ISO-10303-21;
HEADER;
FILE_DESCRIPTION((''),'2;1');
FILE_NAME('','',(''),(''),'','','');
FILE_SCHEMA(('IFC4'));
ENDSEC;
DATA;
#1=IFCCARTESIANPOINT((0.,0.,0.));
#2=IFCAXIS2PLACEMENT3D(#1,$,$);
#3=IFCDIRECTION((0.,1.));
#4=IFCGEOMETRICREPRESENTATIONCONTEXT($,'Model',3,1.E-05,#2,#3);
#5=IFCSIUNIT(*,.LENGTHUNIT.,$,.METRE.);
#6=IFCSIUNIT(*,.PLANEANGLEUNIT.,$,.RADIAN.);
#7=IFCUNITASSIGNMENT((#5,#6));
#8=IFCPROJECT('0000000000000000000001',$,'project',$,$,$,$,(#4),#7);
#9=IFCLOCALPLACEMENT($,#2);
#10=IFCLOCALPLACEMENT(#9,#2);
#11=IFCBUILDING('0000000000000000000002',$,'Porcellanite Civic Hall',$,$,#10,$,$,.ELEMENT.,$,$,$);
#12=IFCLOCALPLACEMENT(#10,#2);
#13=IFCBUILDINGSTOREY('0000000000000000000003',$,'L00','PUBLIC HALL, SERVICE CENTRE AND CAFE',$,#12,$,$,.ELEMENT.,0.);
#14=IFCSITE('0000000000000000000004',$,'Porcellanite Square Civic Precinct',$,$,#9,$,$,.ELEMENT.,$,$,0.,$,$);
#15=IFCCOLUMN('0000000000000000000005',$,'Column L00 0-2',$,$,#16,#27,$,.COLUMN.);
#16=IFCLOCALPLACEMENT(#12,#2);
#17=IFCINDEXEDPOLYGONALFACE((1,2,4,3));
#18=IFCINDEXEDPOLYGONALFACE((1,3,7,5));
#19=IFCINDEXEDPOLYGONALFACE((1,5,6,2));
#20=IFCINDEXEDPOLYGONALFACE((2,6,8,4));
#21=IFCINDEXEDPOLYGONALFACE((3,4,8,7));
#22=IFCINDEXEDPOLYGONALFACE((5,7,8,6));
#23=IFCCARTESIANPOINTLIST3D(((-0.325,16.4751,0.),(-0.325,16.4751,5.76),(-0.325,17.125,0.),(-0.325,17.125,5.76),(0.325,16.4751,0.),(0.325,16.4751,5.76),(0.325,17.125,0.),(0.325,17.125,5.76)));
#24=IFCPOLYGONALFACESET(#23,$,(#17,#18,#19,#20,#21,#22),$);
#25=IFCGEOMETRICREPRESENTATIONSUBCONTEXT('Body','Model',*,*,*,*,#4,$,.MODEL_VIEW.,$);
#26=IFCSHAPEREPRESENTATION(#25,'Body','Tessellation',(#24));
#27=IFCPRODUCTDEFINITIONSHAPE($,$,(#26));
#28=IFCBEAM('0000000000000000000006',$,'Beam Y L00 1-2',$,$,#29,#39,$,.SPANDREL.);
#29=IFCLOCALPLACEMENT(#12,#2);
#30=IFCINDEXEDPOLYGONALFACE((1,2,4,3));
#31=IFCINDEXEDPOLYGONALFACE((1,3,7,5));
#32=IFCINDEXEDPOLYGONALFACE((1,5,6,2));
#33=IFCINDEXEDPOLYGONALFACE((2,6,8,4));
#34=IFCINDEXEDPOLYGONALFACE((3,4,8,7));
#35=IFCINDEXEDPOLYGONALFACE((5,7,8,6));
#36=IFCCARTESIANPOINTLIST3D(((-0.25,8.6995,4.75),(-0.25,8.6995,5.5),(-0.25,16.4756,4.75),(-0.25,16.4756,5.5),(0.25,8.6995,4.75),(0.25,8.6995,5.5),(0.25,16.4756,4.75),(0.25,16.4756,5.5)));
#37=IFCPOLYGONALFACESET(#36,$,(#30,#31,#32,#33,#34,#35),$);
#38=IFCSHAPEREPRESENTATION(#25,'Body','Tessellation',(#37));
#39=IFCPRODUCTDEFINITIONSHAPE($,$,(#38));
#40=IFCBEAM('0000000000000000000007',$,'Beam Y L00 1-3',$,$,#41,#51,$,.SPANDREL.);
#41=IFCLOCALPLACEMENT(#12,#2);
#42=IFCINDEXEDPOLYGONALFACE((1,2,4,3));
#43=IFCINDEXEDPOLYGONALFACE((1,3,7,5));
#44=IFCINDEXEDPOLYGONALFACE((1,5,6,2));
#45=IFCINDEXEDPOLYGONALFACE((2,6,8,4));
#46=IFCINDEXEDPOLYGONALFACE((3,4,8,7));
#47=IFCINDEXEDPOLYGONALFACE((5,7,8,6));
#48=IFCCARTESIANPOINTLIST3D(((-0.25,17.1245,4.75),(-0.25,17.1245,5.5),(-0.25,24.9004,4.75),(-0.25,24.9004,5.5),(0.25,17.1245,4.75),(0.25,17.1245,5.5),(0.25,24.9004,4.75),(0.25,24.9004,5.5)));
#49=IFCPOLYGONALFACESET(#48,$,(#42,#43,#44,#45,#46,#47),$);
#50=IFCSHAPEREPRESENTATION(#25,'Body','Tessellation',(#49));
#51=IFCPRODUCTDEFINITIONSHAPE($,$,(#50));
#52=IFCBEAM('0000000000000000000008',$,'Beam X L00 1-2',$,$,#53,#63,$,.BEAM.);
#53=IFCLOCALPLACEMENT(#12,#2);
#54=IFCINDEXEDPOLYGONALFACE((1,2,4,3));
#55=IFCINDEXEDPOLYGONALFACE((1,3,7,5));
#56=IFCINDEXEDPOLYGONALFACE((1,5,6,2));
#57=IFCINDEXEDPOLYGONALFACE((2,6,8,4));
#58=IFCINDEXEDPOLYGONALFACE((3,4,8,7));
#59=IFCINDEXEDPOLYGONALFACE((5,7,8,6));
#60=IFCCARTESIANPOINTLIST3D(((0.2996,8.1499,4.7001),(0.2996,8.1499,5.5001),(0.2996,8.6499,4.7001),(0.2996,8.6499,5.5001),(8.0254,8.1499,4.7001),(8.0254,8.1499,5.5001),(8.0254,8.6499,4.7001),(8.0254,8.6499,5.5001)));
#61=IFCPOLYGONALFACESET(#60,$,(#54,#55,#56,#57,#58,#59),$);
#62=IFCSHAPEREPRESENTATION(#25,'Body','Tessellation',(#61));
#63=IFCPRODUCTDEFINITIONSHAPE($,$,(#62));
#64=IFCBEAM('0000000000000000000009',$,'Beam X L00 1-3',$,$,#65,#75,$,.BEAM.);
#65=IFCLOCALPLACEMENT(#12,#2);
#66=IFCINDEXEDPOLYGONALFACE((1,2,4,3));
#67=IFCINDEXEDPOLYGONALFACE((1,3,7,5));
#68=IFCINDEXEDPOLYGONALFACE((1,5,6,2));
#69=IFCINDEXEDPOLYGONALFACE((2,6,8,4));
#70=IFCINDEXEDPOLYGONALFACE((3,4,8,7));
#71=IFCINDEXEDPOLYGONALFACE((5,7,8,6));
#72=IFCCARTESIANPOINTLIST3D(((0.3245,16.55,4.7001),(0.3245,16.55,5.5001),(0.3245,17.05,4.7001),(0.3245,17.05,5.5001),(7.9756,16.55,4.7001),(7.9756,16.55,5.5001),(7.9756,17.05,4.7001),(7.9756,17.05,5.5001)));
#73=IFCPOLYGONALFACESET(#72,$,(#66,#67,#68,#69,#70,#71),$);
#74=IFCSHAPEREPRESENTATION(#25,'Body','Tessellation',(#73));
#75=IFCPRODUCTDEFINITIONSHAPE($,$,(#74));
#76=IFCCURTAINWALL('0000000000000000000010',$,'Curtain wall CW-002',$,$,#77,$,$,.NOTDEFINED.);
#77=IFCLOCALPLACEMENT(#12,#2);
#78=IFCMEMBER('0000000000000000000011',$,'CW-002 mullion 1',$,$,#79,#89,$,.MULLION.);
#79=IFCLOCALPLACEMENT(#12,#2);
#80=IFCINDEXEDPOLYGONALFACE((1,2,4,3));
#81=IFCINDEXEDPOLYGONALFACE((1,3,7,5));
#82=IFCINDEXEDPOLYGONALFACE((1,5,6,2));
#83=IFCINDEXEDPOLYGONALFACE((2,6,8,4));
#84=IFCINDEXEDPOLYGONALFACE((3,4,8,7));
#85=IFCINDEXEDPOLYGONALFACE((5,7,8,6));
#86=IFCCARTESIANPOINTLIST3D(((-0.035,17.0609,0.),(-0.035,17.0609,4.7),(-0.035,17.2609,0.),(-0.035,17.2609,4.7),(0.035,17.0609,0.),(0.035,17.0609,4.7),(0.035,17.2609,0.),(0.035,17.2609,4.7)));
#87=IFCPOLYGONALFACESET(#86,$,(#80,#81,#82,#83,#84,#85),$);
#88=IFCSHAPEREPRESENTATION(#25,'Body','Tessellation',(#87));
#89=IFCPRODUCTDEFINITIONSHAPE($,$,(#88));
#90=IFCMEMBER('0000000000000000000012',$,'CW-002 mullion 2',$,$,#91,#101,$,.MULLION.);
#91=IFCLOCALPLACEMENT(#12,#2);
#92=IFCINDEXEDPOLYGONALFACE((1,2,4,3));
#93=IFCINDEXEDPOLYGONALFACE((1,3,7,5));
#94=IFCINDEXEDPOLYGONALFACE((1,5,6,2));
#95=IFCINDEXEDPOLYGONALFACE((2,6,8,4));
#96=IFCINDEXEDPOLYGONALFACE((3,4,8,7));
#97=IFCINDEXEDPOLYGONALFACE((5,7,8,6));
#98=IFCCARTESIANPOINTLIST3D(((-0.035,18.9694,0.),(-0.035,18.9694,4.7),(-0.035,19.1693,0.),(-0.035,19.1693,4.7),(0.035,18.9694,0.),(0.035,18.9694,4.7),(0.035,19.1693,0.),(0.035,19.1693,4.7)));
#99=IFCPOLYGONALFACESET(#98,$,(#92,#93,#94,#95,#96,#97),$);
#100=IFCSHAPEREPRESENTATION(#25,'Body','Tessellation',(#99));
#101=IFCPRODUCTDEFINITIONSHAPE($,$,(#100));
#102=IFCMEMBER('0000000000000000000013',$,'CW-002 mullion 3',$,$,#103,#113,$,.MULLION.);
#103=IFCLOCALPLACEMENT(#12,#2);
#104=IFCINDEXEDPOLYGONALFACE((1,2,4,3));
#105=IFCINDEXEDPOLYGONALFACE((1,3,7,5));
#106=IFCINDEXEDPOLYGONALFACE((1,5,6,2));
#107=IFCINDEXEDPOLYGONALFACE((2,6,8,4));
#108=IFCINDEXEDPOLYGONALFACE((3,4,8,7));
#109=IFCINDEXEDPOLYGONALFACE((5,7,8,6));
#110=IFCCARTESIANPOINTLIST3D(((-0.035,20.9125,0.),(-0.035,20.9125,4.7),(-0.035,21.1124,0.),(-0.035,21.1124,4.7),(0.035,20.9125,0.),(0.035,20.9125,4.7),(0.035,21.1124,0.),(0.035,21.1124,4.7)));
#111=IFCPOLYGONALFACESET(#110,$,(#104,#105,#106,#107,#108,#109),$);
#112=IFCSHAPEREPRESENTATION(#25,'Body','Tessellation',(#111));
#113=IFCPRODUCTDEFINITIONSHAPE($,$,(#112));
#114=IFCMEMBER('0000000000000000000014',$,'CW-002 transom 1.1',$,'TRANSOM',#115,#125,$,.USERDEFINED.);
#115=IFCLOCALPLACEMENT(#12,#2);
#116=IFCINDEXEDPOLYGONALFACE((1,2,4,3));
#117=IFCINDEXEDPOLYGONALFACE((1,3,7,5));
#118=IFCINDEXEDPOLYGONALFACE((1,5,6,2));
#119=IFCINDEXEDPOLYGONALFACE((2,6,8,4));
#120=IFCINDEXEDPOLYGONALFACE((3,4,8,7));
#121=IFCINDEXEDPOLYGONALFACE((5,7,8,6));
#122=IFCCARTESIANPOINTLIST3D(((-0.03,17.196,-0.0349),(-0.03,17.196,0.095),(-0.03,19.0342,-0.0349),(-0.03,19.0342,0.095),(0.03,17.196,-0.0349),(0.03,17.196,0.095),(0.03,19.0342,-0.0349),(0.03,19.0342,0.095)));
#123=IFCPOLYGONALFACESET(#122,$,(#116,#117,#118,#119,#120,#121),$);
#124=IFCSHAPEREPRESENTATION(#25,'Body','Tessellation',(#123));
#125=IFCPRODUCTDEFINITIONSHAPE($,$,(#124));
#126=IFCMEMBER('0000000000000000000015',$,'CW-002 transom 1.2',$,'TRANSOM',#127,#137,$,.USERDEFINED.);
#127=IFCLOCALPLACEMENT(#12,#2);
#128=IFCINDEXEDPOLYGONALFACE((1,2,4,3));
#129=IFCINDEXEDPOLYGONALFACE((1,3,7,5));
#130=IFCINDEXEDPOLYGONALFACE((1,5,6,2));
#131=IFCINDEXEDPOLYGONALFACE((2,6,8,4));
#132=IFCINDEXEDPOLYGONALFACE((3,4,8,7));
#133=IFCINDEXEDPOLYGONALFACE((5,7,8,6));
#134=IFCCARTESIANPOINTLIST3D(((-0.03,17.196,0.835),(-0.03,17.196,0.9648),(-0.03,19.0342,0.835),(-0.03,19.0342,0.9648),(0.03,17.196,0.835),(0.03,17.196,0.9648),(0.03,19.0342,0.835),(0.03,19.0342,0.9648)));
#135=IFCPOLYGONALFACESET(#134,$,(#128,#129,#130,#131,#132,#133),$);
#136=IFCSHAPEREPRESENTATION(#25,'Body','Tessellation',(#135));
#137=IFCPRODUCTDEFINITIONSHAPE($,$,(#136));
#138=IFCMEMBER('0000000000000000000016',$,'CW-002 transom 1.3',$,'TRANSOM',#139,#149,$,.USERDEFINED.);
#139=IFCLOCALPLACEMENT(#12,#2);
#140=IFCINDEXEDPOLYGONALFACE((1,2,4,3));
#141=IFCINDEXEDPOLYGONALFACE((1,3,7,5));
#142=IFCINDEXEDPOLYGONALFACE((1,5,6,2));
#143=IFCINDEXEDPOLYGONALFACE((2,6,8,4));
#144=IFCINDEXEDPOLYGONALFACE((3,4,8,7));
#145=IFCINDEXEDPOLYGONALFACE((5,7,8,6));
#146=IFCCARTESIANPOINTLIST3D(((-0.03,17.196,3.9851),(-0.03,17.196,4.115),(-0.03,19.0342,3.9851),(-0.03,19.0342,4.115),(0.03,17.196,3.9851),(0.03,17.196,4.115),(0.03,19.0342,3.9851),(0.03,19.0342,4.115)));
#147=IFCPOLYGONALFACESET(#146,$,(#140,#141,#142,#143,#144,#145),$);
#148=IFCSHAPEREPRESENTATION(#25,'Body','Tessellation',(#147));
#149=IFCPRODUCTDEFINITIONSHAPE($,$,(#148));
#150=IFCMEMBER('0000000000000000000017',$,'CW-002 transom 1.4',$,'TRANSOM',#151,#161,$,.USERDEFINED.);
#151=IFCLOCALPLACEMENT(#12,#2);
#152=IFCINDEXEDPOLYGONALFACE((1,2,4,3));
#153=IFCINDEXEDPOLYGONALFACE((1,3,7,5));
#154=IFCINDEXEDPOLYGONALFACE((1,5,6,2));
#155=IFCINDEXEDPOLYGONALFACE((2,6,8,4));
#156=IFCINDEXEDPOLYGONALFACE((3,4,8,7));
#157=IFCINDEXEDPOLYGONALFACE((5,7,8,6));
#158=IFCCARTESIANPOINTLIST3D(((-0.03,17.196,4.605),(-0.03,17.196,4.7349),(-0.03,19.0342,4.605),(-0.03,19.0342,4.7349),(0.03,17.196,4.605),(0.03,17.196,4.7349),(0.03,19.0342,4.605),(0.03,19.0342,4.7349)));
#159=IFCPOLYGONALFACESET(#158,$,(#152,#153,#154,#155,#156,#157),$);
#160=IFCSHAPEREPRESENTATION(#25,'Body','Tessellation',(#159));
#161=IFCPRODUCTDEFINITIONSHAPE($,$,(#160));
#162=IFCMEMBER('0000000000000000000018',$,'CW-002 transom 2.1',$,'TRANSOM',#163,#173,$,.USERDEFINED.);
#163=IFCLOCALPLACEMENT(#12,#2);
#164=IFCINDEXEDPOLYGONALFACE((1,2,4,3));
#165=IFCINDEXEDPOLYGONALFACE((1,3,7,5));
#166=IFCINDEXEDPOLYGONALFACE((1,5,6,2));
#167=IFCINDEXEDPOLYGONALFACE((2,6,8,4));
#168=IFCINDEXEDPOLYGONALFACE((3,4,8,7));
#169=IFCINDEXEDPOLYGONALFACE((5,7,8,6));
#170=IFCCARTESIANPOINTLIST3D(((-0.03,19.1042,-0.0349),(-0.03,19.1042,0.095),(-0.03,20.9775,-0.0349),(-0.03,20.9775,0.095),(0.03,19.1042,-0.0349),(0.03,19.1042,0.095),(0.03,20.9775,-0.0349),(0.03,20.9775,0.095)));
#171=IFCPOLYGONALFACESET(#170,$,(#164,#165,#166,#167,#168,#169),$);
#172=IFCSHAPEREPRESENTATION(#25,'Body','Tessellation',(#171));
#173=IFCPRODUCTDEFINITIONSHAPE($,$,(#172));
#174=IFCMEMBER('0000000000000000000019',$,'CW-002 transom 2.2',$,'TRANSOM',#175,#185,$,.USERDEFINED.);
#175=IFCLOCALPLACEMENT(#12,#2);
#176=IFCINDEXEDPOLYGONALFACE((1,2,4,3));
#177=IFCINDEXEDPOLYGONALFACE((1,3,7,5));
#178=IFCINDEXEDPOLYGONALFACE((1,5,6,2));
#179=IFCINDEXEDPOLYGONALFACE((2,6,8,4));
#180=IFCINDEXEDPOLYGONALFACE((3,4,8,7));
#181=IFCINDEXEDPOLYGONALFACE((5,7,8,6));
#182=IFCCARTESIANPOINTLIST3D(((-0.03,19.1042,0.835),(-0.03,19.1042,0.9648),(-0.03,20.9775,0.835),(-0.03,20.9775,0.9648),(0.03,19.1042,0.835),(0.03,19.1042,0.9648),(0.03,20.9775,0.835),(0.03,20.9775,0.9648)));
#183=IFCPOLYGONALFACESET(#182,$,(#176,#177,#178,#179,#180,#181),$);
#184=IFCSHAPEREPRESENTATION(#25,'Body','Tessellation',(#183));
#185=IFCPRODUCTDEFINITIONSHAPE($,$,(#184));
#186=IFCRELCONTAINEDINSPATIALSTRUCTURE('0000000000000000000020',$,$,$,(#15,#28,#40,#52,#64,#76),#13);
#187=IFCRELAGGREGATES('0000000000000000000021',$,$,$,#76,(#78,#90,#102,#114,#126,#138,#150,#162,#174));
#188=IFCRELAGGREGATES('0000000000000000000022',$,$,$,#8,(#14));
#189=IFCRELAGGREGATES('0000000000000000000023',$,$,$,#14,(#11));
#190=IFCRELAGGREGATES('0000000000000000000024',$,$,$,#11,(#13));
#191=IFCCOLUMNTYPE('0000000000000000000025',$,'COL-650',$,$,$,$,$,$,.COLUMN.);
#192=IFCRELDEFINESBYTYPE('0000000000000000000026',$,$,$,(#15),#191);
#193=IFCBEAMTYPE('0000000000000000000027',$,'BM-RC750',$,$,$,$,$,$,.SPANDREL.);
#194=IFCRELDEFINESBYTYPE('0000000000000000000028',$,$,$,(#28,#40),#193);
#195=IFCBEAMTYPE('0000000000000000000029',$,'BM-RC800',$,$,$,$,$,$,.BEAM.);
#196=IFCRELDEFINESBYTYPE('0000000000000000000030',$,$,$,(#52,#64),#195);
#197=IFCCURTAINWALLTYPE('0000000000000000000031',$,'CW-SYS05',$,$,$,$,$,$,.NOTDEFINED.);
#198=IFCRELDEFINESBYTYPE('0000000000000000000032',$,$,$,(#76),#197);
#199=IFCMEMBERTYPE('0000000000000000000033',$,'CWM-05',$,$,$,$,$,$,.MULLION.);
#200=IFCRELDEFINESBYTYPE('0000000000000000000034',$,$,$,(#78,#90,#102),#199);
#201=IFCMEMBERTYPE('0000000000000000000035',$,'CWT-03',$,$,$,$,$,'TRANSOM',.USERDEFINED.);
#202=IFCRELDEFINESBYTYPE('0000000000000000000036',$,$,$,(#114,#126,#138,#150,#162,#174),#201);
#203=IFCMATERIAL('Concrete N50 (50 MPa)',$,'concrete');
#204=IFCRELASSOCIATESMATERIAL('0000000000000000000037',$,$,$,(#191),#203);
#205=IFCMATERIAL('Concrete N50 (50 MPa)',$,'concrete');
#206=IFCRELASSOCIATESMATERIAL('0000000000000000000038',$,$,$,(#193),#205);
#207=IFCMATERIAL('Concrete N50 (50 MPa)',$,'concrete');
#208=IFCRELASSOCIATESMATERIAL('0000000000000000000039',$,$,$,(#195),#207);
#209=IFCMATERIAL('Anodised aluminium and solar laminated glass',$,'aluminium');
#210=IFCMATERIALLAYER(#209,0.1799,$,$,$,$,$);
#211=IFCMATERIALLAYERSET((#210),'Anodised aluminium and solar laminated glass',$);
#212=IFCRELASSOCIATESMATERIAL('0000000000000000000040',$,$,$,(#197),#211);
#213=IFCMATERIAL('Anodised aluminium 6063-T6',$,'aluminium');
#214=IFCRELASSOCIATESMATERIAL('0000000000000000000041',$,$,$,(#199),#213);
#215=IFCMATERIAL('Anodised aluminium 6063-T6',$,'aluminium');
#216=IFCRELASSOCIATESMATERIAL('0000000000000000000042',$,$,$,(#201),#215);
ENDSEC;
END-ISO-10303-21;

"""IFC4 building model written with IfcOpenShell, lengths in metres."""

from ifc_helpers import new_model, si_unit, direction, frame, origin, origin_2d, place, context, subcontext, project, spatial, rectangle, extrude, material, layer, layer_set, material_profile, profile_set, type_object, element, aggregate, save


model = new_model("IFC4")

# Units and contexts
model_context = context("Model", 3, precision=1e-05, world=origin(), true_north=direction((0.0, 1.0)))
body_context = subcontext(model_context, "Body", "Model", "MODEL_VIEW")
ifc_project = project(units=[si_unit("LENGTHUNIT", "METRE"), si_unit("PLANEANGLEUNIT", "RADIAN")], contexts=[model_context])

# Site, building, storey
site_placement = place(None, origin())
site = spatial("IfcSite", under=ifc_project, at=site_placement, Name="Porcellanite Square Civic Precinct", CompositionType="ELEMENT", RefElevation=0.0)
building_placement = place(site_placement, origin())
building = spatial("IfcBuilding", under=site, at=building_placement, Name="Porcellanite Civic Hall", CompositionType="ELEMENT")
storey_placement = place(building_placement, origin())
storey = spatial("IfcBuildingStorey", under=building, at=storey_placement, Name="L00", Description="PUBLIC HALL, SERVICE CENTRE AND CAFE", CompositionType="ELEMENT", Elevation=0.0)

# Column
ifc_material_1 = material(Name="Concrete N50 (50 MPa)", Category="concrete")
ifc_material_profile_1 = material_profile(ifc_material_1, rectangle(XDim=0.6499, YDim=0.6499, at=origin_2d()), Name="RC-650x650")
ifc_profile_set_1 = profile_set([ifc_material_profile_1], Name="Concrete N50 (50 MPa)")
column_type = type_object("IfcColumnType", Name="COL-650", PredefinedType="COLUMN", material=ifc_profile_set_1)
column_placement = place(storey_placement, frame((0.0, 16.8, 0.0), z_axis=(0.0, 0.0, 1.0), x_axis=(1.0, 0.0, 0.0)))
element("IfcColumn", 1, at=column_placement, inside=storey, type_object=column_type, Name="Column L00 0-2", PredefinedType="COLUMN", context=body_context, shape_type="SweptSolid", body=[
    extrude(rectangle(XDim=0.6499, YDim=0.6499, at=origin_2d()), origin(), (0.0, 0.0, 1.0), 5.76),
])

# Beams
ifc_material_2 = material(Name="Concrete N50 (50 MPa)", Category="concrete")
ifc_material_profile_2 = material_profile(ifc_material_2, rectangle(XDim=0.5, YDim=0.75, at=origin_2d()), Name="RC-500x750")
ifc_profile_set_2 = profile_set([ifc_material_profile_2], Name="Concrete N50 (50 MPa)")
beam_type_1 = type_object("IfcBeamType", Name="BM-RC750", PredefinedType="SPANDREL", material=ifc_profile_set_2)
beam_1_placement = place(storey_placement, frame((0.0, 8.6995, 5.125), z_axis=(0.0, 1.0, 0.0), x_axis=(-1.0, 0.0, 0.0)))
element("IfcBeam", 2, at=beam_1_placement, inside=storey, type_object=beam_type_1, Name="Beam Y L00 1-2", PredefinedType="SPANDREL", context=body_context, shape_type="SweptSolid", body=[
    extrude(rectangle(XDim=0.5, YDim=0.75, at=origin_2d()), origin(), (0.0, 0.0, 1.0), 7.7761),
])
beam_2_placement = place(storey_placement, frame((0.0, 17.1245, 5.125), z_axis=(0.0, 1.0, 0.0), x_axis=(-1.0, 0.0, 0.0)))
element("IfcBeam", 3, at=beam_2_placement, inside=storey, type_object=beam_type_1, Name="Beam Y L00 1-3", PredefinedType="SPANDREL", context=body_context, shape_type="SweptSolid", body=[
    extrude(rectangle(XDim=0.5, YDim=0.75, at=origin_2d()), origin(), (0.0, 0.0, 1.0), 7.7759),
])
ifc_material_3 = material(Name="Concrete N50 (50 MPa)", Category="concrete")
ifc_material_profile_3 = material_profile(ifc_material_3, rectangle(XDim=0.5, YDim=0.8, at=origin_2d()), Name="RC-500x800")
ifc_profile_set_3 = profile_set([ifc_material_profile_3], Name="Concrete N50 (50 MPa)")
beam_type_2 = type_object("IfcBeamType", Name="BM-RC800", PredefinedType="BEAM", material=ifc_profile_set_3)
beam_3_placement = place(storey_placement, frame((0.2996, 8.3999, 5.1001), z_axis=(1.0, 0.0, 0.0), x_axis=(0.0, 1.0, 0.0)))
element("IfcBeam", 4, at=beam_3_placement, inside=storey, type_object=beam_type_2, Name="Beam X L00 1-2", PredefinedType="BEAM", context=body_context, shape_type="SweptSolid", body=[
    extrude(rectangle(XDim=0.5, YDim=0.8, at=origin_2d()), origin(), (0.0, 0.0, 1.0), 7.7258),
])
beam_4_placement = place(storey_placement, frame((0.3245, 16.8, 5.1001), z_axis=(1.0, 0.0, 0.0), x_axis=(0.0, 1.0, 0.0)))
element("IfcBeam", 5, at=beam_4_placement, inside=storey, type_object=beam_type_2, Name="Beam X L00 1-3", PredefinedType="BEAM", context=body_context, shape_type="SweptSolid", body=[
    extrude(rectangle(XDim=0.5, YDim=0.8, at=origin_2d()), origin(), (0.0, 0.0, 1.0), 7.6511),
])

# Curtain wall, members
ifc_material_4 = material(Name="Anodised aluminium and solar laminated glass", Category="aluminium")
ifc_layer_1 = layer(ifc_material_4, 0.1799)
ifc_layer_set_1 = layer_set([ifc_layer_1], Name="Anodised aluminium and solar laminated glass")
curtain_wall_type = type_object("IfcCurtainWallType", Name="CW-SYS05", PredefinedType="NOTDEFINED", material=ifc_layer_set_1)
curtain_wall_placement = place(storey_placement, origin())
curtain_wall = element("IfcCurtainWall", 6, at=curtain_wall_placement, inside=storey, type_object=curtain_wall_type, Name="Curtain wall CW-002", PredefinedType="NOTDEFINED")
ifc_material_5 = material(Name="Anodised aluminium 6063-T6", Category="aluminium")
ifc_material_profile_4 = material_profile(ifc_material_5, rectangle(XDim=0.0701, YDim=0.2, at=origin_2d()), Name="AL-70x200")
ifc_profile_set_4 = profile_set([ifc_material_profile_4], Name="Anodised aluminium 6063-T6")
member_type_1 = type_object("IfcMemberType", Name="CWM-05", PredefinedType="MULLION", material=ifc_profile_set_4)
member_1_placement = place(storey_placement, frame((0.0, 17.1609, 0.0), z_axis=(0.0, 0.0, 1.0), x_axis=(-1.0, 0.0, 0.0)))
member_1 = element("IfcMember", 7, at=member_1_placement, type_object=member_type_1, Name="CW-002 mullion 1", PredefinedType="MULLION", context=body_context, shape_type="SweptSolid", body=[
    extrude(rectangle(XDim=0.0701, YDim=0.2, at=origin_2d()), origin(), (0.0, 0.0, 1.0), 4.7),
])
member_2_placement = place(storey_placement, frame((0.0, 19.0693, 0.0), z_axis=(0.0, 0.0, 1.0), x_axis=(-1.0, 0.0, 0.0)))
member_2 = element("IfcMember", 8, at=member_2_placement, type_object=member_type_1, Name="CW-002 mullion 2", PredefinedType="MULLION", context=body_context, shape_type="SweptSolid", body=[
    extrude(rectangle(XDim=0.0701, YDim=0.2, at=origin_2d()), origin(), (0.0, 0.0, 1.0), 4.7),
])
member_3_placement = place(storey_placement, frame((0.0, 21.0125, 0.0), z_axis=(0.0, 0.0, 1.0), x_axis=(-1.0, 0.0, 0.0)))
member_3 = element("IfcMember", 9, at=member_3_placement, type_object=member_type_1, Name="CW-002 mullion 3", PredefinedType="MULLION", context=body_context, shape_type="SweptSolid", body=[
    extrude(rectangle(XDim=0.0701, YDim=0.2, at=origin_2d()), origin(), (0.0, 0.0, 1.0), 4.7),
])
ifc_material_6 = material(Name="Anodised aluminium 6063-T6", Category="aluminium")
ifc_material_profile_5 = material_profile(ifc_material_6, rectangle(XDim=0.0601, YDim=0.1299, at=origin_2d()), Name="AL-60x130")
ifc_profile_set_5 = profile_set([ifc_material_profile_5], Name="Anodised aluminium 6063-T6")
member_type_2 = type_object("IfcMemberType", Name="CWT-03", ElementType="TRANSOM", PredefinedType="USERDEFINED", material=ifc_profile_set_5)
member_4_placement = place(storey_placement, frame((0.0, 17.196, 0.03), z_axis=(0.0, 1.0, 0.0), x_axis=(-1.0, 0.0, 0.0)))
member_4 = element("IfcMember", 10, at=member_4_placement, type_object=member_type_2, Name="CW-002 transom 1.1", ObjectType="TRANSOM", PredefinedType="USERDEFINED", context=body_context, shape_type="SweptSolid", body=[
    extrude(rectangle(XDim=0.0601, YDim=0.1299, at=origin_2d()), origin(), (0.0, 0.0, 1.0), 1.8381),
])
member_5_placement = place(storey_placement, frame((0.0, 17.196, 0.8999), z_axis=(0.0, 1.0, 0.0), x_axis=(-1.0, 0.0, 0.0)))
member_5 = element("IfcMember", 11, at=member_5_placement, type_object=member_type_2, Name="CW-002 transom 1.2", ObjectType="TRANSOM", PredefinedType="USERDEFINED", context=body_context, shape_type="SweptSolid", body=[
    extrude(rectangle(XDim=0.0601, YDim=0.1299, at=origin_2d()), origin(), (0.0, 0.0, 1.0), 1.8381),
])
member_6_placement = place(storey_placement, frame((0.0, 17.196, 4.05), z_axis=(0.0, 1.0, 0.0), x_axis=(-1.0, 0.0, 0.0)))
member_6 = element("IfcMember", 12, at=member_6_placement, type_object=member_type_2, Name="CW-002 transom 1.3", ObjectType="TRANSOM", PredefinedType="USERDEFINED", context=body_context, shape_type="SweptSolid", body=[
    extrude(rectangle(XDim=0.0601, YDim=0.1299, at=origin_2d()), origin(), (0.0, 0.0, 1.0), 1.8381),
])
member_7_placement = place(storey_placement, frame((0.0, 17.196, 4.6699), z_axis=(0.0, 1.0, 0.0), x_axis=(-1.0, 0.0, 0.0)))
member_7 = element("IfcMember", 13, at=member_7_placement, type_object=member_type_2, Name="CW-002 transom 1.4", ObjectType="TRANSOM", PredefinedType="USERDEFINED", context=body_context, shape_type="SweptSolid", body=[
    extrude(rectangle(XDim=0.0601, YDim=0.1299, at=origin_2d()), origin(), (0.0, 0.0, 1.0), 1.8381),
])
member_8_placement = place(storey_placement, frame((0.0, 19.1042, 0.03), z_axis=(0.0, 1.0, 0.0), x_axis=(-1.0, 0.0, 0.0)))
member_8 = element("IfcMember", 14, at=member_8_placement, type_object=member_type_2, Name="CW-002 transom 2.1", ObjectType="TRANSOM", PredefinedType="USERDEFINED", context=body_context, shape_type="SweptSolid", body=[
    extrude(rectangle(XDim=0.0601, YDim=0.1299, at=origin_2d()), origin(), (0.0, 0.0, 1.0), 1.8733),
])
member_9_placement = place(storey_placement, frame((0.0, 19.1042, 0.8999), z_axis=(0.0, 1.0, 0.0), x_axis=(-1.0, 0.0, 0.0)))
member_9 = element("IfcMember", 15, at=member_9_placement, type_object=member_type_2, Name="CW-002 transom 2.2", ObjectType="TRANSOM", PredefinedType="USERDEFINED", context=body_context, shape_type="SweptSolid", body=[
    extrude(rectangle(XDim=0.0601, YDim=0.1299, at=origin_2d()), origin(), (0.0, 0.0, 1.0), 1.8733),
])

aggregate(curtain_wall, [member_1, member_2, member_3, member_4, member_5, member_6, member_7, member_8, member_9])

save(model, "model.ifc")
